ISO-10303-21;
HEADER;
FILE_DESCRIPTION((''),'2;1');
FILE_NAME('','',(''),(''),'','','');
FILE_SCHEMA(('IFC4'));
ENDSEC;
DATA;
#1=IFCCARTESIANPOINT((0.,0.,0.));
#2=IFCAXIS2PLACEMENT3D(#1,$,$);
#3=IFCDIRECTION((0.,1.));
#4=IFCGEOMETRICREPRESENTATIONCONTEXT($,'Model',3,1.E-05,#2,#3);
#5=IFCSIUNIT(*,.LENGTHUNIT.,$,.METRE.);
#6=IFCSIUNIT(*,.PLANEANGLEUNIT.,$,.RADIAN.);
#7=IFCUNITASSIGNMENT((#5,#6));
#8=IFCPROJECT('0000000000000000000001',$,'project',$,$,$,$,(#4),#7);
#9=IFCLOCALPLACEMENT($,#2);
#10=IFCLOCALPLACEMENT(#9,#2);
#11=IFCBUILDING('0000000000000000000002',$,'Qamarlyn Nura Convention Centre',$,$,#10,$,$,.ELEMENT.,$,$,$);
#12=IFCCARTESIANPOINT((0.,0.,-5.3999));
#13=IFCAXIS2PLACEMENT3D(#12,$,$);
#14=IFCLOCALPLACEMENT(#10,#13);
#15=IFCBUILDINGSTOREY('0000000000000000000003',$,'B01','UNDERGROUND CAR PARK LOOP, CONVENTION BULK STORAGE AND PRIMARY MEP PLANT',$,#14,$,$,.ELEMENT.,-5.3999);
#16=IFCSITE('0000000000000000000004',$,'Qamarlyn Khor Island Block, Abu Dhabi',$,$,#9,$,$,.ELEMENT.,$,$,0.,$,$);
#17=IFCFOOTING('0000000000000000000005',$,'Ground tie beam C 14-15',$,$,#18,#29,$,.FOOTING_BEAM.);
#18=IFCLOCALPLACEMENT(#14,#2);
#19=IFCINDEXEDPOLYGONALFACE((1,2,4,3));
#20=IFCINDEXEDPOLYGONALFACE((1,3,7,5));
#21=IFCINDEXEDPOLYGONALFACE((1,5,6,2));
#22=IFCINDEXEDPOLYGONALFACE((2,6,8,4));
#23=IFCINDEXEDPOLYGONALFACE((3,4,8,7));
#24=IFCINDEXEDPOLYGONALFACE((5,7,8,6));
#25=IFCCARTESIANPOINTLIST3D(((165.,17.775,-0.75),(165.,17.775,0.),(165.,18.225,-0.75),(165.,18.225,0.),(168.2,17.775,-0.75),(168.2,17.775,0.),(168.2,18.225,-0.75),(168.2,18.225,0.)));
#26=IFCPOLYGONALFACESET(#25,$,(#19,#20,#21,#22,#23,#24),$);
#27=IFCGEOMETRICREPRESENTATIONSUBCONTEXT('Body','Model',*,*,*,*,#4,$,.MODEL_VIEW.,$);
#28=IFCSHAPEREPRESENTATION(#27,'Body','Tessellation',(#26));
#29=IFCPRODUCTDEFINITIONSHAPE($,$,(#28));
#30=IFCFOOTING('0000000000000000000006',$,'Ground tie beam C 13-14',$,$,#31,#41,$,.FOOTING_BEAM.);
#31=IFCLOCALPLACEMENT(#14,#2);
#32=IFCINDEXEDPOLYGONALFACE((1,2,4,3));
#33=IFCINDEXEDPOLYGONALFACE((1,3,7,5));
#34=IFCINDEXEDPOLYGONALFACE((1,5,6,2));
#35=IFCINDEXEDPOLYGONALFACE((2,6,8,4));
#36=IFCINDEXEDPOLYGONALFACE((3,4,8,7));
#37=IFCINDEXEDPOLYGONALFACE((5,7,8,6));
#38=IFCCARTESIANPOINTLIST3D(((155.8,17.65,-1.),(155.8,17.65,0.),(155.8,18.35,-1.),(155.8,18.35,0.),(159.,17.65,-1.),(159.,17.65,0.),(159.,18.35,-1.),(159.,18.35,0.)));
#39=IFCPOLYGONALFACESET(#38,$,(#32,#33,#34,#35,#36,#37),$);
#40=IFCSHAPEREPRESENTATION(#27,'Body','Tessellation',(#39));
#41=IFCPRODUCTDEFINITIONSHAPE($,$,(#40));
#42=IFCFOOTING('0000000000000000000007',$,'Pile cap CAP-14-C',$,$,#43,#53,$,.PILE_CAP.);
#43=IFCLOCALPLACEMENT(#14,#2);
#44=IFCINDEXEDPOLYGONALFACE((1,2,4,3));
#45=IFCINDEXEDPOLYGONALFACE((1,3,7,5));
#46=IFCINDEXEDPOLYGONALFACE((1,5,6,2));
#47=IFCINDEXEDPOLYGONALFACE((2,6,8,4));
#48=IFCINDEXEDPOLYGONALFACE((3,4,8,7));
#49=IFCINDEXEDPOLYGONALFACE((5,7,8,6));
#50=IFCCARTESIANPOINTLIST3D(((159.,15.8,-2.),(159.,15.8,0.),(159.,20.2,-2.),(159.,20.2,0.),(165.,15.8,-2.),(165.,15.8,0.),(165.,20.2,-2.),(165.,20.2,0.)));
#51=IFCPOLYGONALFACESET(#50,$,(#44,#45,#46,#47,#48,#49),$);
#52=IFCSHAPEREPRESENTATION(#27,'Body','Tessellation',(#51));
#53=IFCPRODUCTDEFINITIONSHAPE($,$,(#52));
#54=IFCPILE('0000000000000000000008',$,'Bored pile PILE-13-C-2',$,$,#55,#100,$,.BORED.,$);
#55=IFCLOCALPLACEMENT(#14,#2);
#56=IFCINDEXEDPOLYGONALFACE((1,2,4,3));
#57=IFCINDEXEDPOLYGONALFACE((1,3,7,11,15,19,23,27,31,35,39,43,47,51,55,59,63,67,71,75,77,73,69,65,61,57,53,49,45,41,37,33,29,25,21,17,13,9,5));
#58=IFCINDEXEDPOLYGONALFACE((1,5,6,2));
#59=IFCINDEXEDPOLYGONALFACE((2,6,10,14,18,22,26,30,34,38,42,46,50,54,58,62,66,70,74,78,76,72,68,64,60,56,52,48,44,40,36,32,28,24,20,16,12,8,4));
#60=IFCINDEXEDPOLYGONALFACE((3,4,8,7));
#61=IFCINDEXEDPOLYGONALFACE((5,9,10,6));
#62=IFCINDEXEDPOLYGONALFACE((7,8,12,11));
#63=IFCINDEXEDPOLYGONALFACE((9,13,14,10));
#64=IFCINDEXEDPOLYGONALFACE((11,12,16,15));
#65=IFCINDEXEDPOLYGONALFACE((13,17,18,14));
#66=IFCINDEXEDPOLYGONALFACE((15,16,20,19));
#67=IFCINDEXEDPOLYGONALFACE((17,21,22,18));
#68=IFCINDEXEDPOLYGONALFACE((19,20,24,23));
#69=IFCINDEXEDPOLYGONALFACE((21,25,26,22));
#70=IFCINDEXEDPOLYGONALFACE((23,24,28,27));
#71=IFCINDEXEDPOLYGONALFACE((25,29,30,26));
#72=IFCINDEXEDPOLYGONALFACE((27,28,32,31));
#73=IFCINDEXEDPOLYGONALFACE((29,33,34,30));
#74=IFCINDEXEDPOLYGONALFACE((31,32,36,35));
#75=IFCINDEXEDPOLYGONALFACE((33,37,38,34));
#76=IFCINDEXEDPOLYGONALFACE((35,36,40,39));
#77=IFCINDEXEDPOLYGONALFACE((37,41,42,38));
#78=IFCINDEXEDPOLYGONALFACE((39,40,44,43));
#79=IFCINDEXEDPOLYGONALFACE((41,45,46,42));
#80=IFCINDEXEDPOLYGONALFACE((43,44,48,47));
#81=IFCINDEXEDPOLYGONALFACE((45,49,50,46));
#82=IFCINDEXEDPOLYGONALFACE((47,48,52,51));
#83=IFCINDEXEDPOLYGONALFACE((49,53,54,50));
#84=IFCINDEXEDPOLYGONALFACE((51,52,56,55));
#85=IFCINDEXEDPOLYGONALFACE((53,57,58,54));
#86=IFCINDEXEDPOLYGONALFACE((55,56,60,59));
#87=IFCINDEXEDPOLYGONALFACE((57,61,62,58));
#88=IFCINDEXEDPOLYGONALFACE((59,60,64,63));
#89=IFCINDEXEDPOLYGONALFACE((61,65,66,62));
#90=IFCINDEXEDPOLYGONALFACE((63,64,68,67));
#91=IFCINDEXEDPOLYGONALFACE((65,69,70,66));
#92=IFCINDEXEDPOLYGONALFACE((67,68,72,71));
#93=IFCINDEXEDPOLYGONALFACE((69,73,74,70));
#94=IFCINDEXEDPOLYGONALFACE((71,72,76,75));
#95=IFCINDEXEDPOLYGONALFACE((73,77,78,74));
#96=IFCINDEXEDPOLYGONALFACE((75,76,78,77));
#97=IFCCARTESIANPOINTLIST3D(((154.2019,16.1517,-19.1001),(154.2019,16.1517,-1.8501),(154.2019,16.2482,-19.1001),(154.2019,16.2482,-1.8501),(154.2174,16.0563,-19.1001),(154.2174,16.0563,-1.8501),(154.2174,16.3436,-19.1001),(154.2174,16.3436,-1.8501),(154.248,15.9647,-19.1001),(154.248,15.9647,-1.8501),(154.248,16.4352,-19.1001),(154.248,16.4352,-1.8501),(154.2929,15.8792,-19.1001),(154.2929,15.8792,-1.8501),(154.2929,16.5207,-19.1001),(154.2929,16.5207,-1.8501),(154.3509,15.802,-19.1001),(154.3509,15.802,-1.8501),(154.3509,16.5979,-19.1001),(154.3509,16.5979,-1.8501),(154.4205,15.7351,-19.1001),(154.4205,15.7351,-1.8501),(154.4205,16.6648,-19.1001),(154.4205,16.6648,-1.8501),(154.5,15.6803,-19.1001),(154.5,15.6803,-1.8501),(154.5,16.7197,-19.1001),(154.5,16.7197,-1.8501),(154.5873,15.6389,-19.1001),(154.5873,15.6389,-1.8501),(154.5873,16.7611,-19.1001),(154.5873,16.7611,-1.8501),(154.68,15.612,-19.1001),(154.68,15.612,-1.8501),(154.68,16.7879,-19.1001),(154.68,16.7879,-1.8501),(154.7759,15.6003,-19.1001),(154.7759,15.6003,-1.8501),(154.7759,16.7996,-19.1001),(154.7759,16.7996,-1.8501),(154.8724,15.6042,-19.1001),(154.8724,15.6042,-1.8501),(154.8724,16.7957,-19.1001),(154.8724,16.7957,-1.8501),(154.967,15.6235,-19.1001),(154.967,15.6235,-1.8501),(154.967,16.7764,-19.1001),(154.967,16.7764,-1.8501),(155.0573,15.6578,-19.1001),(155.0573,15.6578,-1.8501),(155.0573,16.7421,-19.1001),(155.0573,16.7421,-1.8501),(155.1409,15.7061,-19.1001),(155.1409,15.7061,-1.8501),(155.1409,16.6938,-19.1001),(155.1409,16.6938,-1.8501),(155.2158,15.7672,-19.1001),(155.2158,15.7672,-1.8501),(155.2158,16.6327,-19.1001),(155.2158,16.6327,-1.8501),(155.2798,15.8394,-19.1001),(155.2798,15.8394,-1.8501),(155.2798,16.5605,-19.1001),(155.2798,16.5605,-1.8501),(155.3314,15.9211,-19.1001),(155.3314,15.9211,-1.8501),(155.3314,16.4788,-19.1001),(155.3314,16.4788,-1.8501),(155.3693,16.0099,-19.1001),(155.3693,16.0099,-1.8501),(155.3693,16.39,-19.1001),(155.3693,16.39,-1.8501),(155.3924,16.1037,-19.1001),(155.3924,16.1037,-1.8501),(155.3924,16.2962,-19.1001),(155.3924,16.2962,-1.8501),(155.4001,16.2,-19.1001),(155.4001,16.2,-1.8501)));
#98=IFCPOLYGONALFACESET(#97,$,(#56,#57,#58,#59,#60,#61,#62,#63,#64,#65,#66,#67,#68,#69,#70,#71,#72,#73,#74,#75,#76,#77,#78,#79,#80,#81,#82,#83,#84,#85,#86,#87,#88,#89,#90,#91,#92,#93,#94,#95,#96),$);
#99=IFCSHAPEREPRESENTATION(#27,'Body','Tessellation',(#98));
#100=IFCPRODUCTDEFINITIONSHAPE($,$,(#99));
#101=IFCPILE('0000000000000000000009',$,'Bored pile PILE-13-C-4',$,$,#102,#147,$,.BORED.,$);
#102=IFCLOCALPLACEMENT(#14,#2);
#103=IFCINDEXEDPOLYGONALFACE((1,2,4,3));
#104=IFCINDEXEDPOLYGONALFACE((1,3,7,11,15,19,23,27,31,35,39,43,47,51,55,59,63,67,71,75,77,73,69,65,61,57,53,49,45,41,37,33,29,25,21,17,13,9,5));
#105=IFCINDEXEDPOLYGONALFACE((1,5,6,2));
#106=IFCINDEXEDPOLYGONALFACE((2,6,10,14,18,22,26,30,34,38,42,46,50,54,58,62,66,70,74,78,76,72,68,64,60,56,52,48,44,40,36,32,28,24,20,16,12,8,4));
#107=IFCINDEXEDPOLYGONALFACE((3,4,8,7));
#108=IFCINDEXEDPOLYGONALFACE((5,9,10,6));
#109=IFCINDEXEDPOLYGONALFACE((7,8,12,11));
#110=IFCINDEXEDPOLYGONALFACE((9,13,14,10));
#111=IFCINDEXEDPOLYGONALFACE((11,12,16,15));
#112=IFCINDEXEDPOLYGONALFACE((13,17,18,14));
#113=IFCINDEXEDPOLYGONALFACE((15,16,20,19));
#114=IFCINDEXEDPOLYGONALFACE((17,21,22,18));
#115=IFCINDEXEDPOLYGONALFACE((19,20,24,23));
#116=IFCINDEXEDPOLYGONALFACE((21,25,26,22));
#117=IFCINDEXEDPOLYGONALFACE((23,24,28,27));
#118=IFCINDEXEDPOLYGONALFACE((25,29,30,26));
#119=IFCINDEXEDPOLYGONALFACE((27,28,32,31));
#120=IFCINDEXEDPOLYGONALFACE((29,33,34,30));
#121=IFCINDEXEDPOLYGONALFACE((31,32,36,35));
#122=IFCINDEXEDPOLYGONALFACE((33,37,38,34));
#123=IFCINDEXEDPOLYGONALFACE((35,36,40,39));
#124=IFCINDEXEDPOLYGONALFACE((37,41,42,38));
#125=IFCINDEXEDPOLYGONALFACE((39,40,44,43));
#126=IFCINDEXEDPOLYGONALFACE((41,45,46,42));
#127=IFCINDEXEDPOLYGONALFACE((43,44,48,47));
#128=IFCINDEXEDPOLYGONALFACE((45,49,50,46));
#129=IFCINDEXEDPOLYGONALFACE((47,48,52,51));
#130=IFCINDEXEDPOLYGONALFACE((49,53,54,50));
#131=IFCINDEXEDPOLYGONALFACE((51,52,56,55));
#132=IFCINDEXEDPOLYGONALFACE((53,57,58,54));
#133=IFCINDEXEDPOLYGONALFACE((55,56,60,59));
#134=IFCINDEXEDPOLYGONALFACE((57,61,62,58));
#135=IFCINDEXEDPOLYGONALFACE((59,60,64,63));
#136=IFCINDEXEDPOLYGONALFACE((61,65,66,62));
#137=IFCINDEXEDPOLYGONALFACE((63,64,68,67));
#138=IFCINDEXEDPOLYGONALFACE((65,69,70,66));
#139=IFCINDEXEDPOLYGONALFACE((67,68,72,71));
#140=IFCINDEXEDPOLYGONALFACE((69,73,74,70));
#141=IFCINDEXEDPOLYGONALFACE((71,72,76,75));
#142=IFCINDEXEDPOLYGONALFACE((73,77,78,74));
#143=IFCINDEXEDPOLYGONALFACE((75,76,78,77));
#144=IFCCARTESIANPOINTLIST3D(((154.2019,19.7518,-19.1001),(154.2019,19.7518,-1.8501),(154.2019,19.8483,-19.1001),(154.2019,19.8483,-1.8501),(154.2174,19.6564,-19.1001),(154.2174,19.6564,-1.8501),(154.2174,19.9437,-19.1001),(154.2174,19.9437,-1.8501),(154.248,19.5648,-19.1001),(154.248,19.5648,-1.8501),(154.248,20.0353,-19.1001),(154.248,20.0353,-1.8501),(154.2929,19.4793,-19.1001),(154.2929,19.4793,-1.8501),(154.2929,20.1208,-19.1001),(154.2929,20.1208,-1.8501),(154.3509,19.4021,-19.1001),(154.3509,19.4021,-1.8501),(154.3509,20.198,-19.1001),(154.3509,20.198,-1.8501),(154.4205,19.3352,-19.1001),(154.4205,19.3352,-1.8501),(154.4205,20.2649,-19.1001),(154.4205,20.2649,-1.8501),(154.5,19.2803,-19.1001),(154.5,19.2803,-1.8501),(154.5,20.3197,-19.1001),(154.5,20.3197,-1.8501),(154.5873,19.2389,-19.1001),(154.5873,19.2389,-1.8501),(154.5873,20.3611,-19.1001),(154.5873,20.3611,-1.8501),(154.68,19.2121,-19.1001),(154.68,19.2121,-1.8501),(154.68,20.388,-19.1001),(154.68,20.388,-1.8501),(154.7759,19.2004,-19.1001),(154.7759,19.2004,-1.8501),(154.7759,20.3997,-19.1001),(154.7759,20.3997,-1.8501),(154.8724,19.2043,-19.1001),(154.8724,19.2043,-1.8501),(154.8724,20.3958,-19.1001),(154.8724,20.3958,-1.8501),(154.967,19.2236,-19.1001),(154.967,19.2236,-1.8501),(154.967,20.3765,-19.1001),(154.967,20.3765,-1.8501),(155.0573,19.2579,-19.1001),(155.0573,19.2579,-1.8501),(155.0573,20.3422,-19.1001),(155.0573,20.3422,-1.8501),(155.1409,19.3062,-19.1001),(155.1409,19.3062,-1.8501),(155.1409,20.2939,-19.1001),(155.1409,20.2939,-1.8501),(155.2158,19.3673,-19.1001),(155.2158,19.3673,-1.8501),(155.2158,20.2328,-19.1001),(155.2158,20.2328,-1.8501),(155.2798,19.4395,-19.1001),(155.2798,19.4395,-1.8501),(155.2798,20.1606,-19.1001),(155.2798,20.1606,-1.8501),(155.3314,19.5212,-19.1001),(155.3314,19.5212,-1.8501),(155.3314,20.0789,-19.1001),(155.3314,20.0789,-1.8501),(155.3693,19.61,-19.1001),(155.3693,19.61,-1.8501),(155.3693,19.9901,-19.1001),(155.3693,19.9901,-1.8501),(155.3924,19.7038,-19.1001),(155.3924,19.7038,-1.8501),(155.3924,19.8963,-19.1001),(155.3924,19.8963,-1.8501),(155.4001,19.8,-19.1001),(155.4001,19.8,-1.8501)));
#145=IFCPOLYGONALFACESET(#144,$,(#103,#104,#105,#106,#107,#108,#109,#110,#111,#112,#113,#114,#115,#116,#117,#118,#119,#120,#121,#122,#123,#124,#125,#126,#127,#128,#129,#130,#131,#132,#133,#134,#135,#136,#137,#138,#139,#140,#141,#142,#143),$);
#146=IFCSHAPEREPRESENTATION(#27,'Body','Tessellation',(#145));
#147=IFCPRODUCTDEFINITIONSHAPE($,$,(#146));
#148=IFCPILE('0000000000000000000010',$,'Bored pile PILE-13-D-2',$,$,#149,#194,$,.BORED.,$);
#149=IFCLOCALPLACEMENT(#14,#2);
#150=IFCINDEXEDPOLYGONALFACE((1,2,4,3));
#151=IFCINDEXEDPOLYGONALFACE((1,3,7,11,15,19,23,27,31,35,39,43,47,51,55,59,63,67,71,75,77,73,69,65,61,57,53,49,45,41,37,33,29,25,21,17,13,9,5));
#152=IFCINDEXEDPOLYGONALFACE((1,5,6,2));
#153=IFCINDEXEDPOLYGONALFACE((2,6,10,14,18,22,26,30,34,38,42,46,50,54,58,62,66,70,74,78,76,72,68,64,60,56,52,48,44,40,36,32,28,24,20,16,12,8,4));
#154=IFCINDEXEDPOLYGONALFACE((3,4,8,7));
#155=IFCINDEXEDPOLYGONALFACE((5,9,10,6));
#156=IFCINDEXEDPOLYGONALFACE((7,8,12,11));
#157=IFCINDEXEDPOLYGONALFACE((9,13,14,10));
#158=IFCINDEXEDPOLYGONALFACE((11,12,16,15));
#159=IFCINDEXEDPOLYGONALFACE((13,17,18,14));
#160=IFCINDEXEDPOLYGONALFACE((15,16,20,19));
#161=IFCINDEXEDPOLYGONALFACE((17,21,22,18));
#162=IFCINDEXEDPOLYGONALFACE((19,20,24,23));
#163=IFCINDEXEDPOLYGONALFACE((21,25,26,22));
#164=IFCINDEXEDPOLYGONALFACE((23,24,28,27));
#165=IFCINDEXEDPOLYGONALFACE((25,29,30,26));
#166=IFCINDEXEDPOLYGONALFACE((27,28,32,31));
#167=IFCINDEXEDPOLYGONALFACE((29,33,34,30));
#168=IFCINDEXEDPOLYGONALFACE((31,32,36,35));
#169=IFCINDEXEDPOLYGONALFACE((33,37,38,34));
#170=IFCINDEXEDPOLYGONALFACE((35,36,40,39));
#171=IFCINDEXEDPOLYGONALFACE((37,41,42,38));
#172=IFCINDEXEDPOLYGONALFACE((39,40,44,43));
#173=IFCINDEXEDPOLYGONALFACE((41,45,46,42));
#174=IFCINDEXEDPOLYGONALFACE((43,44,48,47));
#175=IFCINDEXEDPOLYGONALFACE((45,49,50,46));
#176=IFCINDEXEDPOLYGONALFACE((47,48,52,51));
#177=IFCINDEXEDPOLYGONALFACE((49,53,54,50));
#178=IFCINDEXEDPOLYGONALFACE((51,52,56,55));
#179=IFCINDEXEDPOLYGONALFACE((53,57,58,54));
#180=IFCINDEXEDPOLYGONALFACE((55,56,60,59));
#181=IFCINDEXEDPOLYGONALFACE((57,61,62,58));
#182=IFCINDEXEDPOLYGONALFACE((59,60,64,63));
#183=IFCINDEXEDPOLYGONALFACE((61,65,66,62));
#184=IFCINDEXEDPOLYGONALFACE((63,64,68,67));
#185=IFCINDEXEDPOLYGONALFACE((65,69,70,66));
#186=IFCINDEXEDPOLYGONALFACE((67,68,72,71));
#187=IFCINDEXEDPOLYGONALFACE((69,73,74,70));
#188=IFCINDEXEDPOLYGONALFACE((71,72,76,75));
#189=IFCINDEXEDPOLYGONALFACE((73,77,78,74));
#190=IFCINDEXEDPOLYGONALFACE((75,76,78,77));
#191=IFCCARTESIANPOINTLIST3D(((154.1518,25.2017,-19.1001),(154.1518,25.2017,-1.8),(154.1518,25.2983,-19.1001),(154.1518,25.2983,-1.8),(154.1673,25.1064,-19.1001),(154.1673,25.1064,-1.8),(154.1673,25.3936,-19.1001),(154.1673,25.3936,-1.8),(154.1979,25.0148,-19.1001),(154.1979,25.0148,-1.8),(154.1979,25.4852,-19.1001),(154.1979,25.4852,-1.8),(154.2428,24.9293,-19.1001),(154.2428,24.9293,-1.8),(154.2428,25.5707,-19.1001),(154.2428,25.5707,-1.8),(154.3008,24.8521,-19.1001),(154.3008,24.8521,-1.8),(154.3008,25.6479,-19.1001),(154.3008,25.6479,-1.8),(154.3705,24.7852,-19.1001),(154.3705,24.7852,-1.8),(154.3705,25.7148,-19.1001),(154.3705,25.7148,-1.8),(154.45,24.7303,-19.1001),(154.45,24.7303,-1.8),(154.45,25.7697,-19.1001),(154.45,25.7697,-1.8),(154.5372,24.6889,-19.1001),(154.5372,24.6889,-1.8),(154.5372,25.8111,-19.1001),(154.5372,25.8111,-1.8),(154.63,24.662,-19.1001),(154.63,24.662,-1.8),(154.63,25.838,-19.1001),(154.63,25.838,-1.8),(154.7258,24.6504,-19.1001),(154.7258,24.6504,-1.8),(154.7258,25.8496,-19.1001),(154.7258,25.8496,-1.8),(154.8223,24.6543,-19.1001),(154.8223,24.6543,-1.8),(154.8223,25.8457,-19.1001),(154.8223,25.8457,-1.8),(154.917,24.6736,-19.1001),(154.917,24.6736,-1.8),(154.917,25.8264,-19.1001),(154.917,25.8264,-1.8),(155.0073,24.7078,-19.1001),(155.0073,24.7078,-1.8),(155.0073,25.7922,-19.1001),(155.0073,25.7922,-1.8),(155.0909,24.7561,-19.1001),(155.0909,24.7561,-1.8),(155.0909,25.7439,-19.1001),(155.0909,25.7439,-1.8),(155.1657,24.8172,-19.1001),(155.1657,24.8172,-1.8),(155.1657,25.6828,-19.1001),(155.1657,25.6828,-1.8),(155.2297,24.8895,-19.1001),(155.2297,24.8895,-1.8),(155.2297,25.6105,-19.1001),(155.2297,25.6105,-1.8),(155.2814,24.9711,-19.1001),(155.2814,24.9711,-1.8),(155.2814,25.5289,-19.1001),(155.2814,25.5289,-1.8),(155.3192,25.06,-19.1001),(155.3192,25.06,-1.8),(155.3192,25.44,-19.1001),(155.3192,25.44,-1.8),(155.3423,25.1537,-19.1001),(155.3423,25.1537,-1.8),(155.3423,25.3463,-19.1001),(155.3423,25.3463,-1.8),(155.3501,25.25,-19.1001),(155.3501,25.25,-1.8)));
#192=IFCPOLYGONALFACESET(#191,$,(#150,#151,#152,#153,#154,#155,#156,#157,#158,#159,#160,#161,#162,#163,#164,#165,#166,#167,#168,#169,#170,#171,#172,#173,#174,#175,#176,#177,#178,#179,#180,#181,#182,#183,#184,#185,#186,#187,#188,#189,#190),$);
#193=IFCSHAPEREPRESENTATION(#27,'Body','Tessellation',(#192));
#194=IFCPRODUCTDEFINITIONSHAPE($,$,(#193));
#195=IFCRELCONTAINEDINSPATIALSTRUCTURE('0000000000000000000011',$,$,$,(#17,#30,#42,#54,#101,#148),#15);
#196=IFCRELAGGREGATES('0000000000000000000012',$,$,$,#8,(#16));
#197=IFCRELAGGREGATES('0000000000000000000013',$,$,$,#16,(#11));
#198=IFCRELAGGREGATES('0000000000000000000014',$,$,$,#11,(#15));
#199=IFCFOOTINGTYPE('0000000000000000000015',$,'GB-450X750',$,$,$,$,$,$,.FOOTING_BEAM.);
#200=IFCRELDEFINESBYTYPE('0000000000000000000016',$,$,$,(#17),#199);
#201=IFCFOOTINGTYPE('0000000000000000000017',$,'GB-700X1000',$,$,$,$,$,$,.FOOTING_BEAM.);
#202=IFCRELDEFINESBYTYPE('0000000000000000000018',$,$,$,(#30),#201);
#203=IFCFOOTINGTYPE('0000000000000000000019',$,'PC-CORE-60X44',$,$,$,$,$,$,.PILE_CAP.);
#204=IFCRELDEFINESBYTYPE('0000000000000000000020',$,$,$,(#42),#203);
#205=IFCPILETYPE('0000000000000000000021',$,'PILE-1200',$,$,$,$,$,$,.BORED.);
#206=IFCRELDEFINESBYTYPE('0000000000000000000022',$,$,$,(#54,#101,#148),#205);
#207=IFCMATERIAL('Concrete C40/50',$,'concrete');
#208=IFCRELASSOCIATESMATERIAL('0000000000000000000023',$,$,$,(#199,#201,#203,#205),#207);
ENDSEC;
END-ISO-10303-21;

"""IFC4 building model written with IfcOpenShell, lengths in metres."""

from ifc_helpers import new_model, si_unit, direction, frame, origin, origin_2d, place, context, subcontext, project, spatial, rectangle, circle, extrude, material, material_profile, profile_set, type_object, element, save


model = new_model("IFC4")

# Units and contexts
model_context = context("Model", 3, precision=1e-05, world=origin(), true_north=direction((0.0, 1.0)))
body_context = subcontext(model_context, "Body", "Model", "MODEL_VIEW")
ifc_project = project(units=[si_unit("LENGTHUNIT", "METRE"), si_unit("PLANEANGLEUNIT", "RADIAN")], contexts=[model_context])

# Site, building, storey
site_placement = place(None, origin())
site = spatial("IfcSite", under=ifc_project, at=site_placement, Name="Qamarlyn Khor Island Block, Abu Dhabi", CompositionType="ELEMENT", RefElevation=0.0)
building_placement = place(site_placement, origin())
building = spatial("IfcBuilding", under=site, at=building_placement, Name="Qamarlyn Nura Convention Centre", CompositionType="ELEMENT")
storey_placement = place(building_placement, frame((0.0, 0.0, -5.3999)))
storey = spatial("IfcBuildingStorey", under=building, at=storey_placement, Name="B01", Description="UNDERGROUND CAR PARK LOOP, CONVENTION BULK STORAGE AND PRIMARY MEP PLANT", CompositionType="ELEMENT", Elevation=-5.3999)

# Footings
ifc_material_1 = material(Name="Concrete C40/50", Category="concrete")
ifc_material_profile_1 = material_profile(ifc_material_1, rectangle(XDim=0.45, YDim=0.75, at=origin_2d()), Name="RC GB 450x750")
ifc_profile_set_1 = profile_set([ifc_material_profile_1], Name="Concrete C40/50")
footing_type_1 = type_object("IfcFootingType", Name="GB-450X750", PredefinedType="FOOTING_BEAM", material=ifc_profile_set_1)
footing_1_placement = place(storey_placement, frame((165.0, 18.0, -0.375), z_axis=(1.0, 0.0, 0.0), x_axis=(0.0, 1.0, 0.0)))
element("IfcFooting", 1, at=footing_1_placement, inside=storey, type_object=footing_type_1, Name="Ground tie beam C 14-15", PredefinedType="FOOTING_BEAM", context=body_context, shape_type="SweptSolid", body=[
    extrude(rectangle(XDim=0.45, YDim=0.75, at=origin_2d()), origin(), (0.0, 0.0, 1.0), 3.2),
])
ifc_material_profile_2 = material_profile(ifc_material_1, rectangle(XDim=0.7, YDim=1.0, at=origin_2d()), Name="RC GB 700x1000")
ifc_profile_set_2 = profile_set([ifc_material_profile_2], Name="Concrete C40/50")
footing_type_2 = type_object("IfcFootingType", Name="GB-700X1000", PredefinedType="FOOTING_BEAM", material=ifc_profile_set_2)
footing_2_placement = place(storey_placement, frame((155.8, 18.0, -0.5), z_axis=(1.0, 0.0, 0.0), x_axis=(0.0, 1.0, 0.0)))
element("IfcFooting", 2, at=footing_2_placement, inside=storey, type_object=footing_type_2, Name="Ground tie beam C 13-14", PredefinedType="FOOTING_BEAM", context=body_context, shape_type="SweptSolid", body=[
    extrude(rectangle(XDim=0.7, YDim=1.0, at=origin_2d()), origin(), (0.0, 0.0, 1.0), 3.2),
])
footing_type_3 = type_object("IfcFootingType", Name="PC-CORE-60X44", PredefinedType="PILE_CAP", material=ifc_material_1)
footing_3_placement = place(storey_placement, frame((162.0, 18.0, -2.0), z_axis=(0.0, 0.0, 1.0), x_axis=(1.0, 0.0, 0.0)))
element("IfcFooting", 3, at=footing_3_placement, inside=storey, type_object=footing_type_3, Name="Pile cap CAP-14-C", PredefinedType="PILE_CAP", context=body_context, shape_type="SweptSolid", body=[
    extrude(rectangle(XDim=6.0, YDim=4.3999, at=origin_2d()), origin(), (0.0, 0.0, 1.0), 2.0),
])

# Piles
ifc_material_profile_3 = material_profile(ifc_material_1, circle(Radius=0.6001, at=origin_2d()), Name="BORED PILE 1200")
ifc_profile_set_3 = profile_set([ifc_material_profile_3], Name="Concrete C40/50")
pile_type_1 = type_object("IfcPileType", Name="PILE-1200", PredefinedType="BORED", material=ifc_profile_set_3)
for number, where, z_axis, x_axis, name in (
    (4, (154.8, 16.2, -1.8501), (0.0, 0.0, -1.0), (1.0, 0.0, 0.0), "Bored pile PILE-13-C-2"),
    (5, (154.8, 19.8, -1.8501), (0.0, 0.0, -1.0), (1.0, 0.0, 0.0), "Bored pile PILE-13-C-4"),
):
    element("IfcPile", number, at=place(storey_placement, frame(where, z_axis=z_axis, x_axis=x_axis)), inside=storey, type_object=pile_type_1, Name=name, PredefinedType="BORED", context=body_context, shape_type="SweptSolid", body=[
        extrude(circle(Radius=0.6001, at=origin_2d()), origin(), (0.0, 0.0, 1.0), 17.25),
    ])
pile_placement = place(storey_placement, frame((154.75, 25.25, -1.8), z_axis=(0.0, 0.0, -1.0), x_axis=(1.0, 0.0, 0.0)))
element("IfcPile", 6, at=pile_placement, inside=storey, type_object=pile_type_1, Name="Bored pile PILE-13-D-2", PredefinedType="BORED", context=body_context, shape_type="SweptSolid", body=[
    extrude(circle(Radius=0.6001, at=origin_2d()), origin(), (0.0, 0.0, 1.0), 17.3),
])

save(model, "model.ifc")
